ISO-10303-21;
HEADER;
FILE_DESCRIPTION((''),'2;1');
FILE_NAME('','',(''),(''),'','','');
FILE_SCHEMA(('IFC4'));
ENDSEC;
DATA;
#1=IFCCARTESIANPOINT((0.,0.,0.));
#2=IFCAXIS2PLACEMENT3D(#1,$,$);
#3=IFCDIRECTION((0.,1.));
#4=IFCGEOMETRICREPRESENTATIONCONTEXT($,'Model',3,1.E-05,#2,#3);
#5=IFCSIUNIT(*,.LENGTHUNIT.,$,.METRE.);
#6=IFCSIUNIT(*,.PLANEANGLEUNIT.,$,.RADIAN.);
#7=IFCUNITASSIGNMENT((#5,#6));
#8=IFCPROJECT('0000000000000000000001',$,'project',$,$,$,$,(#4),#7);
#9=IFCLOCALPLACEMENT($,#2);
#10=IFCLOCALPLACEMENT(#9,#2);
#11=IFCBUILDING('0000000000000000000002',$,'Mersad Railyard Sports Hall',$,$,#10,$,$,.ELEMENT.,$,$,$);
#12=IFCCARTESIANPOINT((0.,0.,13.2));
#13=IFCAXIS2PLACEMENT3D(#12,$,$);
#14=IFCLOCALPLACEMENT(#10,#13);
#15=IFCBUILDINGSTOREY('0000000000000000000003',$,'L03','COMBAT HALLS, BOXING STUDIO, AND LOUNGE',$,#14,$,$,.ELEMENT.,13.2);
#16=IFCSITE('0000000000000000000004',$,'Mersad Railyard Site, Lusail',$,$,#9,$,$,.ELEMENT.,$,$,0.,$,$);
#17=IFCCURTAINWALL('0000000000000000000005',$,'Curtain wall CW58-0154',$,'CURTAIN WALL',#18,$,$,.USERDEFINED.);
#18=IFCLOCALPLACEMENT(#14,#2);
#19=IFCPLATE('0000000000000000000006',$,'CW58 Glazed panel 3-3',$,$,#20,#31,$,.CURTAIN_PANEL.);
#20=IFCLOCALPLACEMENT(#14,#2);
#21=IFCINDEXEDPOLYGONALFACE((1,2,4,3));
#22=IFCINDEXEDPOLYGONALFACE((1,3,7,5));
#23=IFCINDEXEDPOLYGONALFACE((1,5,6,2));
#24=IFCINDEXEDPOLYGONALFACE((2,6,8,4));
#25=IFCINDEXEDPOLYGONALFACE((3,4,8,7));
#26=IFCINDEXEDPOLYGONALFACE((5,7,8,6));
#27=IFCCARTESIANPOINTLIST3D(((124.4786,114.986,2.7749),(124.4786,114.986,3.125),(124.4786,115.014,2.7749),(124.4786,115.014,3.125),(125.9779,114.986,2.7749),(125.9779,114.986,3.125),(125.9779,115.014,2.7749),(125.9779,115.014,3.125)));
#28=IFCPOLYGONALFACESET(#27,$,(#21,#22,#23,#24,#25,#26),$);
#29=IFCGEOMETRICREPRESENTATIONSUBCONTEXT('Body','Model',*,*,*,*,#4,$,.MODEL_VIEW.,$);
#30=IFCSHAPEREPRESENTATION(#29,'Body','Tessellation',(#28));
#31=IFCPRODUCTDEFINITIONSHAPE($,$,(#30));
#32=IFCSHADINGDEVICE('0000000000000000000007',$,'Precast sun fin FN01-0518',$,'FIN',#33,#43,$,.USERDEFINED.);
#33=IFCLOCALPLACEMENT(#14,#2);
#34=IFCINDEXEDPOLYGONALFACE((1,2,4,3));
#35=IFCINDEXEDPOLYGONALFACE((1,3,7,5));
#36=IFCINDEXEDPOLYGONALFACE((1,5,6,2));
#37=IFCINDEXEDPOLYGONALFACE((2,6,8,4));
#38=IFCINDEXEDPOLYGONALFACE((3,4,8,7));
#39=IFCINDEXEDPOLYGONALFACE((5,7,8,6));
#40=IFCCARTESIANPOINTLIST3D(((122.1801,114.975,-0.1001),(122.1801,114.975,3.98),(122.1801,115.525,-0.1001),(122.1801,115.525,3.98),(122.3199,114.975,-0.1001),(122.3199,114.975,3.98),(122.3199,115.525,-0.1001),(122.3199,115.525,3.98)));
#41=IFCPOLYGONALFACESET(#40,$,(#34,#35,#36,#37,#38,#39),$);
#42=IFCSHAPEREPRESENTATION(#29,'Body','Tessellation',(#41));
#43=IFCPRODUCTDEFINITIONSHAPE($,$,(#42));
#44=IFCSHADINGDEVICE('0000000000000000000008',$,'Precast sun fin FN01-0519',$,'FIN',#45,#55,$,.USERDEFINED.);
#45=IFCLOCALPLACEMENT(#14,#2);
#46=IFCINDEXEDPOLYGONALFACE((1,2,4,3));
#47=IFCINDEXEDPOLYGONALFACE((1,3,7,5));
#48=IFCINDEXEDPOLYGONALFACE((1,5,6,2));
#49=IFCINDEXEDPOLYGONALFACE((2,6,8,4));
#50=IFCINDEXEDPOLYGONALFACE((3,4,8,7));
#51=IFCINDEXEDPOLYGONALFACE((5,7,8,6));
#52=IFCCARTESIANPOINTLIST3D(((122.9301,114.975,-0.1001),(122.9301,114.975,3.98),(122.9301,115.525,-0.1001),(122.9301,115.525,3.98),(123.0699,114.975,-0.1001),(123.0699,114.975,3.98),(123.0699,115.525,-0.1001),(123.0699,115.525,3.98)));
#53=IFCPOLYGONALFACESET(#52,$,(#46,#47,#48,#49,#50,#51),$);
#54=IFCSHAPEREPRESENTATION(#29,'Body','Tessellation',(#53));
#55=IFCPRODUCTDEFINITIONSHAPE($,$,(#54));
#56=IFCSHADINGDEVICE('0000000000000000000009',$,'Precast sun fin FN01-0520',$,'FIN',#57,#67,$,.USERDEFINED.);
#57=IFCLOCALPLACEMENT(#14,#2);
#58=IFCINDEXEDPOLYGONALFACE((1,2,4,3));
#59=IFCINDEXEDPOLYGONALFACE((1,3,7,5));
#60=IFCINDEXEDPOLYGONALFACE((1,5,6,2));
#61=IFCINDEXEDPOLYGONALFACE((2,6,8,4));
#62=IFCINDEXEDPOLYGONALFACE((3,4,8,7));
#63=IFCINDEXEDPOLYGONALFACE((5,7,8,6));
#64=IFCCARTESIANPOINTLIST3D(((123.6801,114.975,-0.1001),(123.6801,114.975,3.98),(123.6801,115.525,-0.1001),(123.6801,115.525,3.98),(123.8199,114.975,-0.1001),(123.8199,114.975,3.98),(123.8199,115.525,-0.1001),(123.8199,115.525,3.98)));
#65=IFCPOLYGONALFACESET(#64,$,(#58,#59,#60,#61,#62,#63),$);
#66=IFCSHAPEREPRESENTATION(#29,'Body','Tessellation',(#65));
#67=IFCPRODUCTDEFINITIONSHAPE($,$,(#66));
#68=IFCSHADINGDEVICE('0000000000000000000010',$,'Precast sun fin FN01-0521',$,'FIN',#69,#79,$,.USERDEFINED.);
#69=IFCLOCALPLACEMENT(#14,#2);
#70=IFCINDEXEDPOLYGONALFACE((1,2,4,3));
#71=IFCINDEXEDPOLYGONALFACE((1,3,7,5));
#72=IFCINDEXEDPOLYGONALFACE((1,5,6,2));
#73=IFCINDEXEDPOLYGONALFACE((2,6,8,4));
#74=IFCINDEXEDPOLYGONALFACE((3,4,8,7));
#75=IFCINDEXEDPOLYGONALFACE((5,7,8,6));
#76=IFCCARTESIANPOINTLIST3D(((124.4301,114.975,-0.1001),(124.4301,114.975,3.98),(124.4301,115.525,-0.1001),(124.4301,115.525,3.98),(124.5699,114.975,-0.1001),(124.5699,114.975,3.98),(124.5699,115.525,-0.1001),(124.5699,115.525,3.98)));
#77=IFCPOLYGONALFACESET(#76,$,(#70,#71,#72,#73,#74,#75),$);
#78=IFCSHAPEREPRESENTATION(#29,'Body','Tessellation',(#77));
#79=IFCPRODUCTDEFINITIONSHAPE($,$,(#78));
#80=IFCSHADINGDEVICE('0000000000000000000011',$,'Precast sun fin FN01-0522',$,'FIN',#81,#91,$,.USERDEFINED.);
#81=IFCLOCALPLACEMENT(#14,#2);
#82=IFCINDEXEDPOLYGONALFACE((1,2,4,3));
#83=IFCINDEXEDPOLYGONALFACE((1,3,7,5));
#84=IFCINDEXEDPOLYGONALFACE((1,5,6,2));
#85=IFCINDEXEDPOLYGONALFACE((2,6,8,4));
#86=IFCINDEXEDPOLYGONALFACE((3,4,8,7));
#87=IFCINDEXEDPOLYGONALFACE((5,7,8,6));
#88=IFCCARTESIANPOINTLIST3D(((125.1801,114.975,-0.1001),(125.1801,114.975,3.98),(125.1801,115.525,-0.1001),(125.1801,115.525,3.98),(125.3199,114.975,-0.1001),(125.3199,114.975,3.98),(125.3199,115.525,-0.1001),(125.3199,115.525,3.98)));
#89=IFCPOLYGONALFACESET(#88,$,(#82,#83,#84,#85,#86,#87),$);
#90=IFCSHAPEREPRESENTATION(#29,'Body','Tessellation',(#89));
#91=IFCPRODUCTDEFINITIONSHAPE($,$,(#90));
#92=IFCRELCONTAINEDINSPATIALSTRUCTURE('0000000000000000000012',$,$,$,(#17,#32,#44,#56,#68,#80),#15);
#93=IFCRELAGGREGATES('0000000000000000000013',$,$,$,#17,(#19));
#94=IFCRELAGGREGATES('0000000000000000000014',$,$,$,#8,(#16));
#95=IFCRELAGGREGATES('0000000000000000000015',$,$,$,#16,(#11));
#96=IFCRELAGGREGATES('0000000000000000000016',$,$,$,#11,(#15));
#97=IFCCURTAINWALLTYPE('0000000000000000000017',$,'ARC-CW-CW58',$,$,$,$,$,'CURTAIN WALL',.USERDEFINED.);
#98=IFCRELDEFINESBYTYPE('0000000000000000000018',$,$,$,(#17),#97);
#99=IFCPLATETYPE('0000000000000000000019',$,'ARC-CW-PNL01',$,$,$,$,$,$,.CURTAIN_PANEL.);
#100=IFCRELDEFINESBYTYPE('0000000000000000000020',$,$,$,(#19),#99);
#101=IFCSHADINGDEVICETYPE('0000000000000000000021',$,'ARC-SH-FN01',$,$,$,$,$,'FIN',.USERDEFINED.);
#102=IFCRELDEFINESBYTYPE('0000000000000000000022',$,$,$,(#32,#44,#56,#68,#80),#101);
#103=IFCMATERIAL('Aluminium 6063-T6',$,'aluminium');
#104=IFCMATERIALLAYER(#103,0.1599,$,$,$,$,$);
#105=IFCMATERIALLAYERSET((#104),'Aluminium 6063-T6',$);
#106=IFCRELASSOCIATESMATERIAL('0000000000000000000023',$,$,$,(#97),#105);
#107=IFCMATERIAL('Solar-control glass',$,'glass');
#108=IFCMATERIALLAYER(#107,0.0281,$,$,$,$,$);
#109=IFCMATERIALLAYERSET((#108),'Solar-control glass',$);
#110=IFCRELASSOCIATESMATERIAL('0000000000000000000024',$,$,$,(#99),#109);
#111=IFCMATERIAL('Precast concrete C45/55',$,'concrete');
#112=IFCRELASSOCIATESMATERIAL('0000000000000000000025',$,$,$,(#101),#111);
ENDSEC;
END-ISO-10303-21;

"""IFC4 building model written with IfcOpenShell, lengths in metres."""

from ifc_helpers import new_model, si_unit, direction, frame, origin, origin_2d, place, context, subcontext, project, spatial, rectangle, extrude, material, layer, layer_set, type_object, element, aggregate, save


model = new_model("IFC4")

# Units and contexts
model_context = context("Model", 3, precision=1e-05, world=origin(), true_north=direction((0.0, 1.0)))
body_context = subcontext(model_context, "Body", "Model", "MODEL_VIEW")
ifc_project = project(units=[si_unit("LENGTHUNIT", "METRE"), si_unit("PLANEANGLEUNIT", "RADIAN")], contexts=[model_context])

# Site, building, storey
site_placement = place(None, origin())
site = spatial("IfcSite", under=ifc_project, at=site_placement, Name="Mersad Railyard Site, Lusail", CompositionType="ELEMENT", RefElevation=0.0)
building_placement = place(site_placement, origin())
building = spatial("IfcBuilding", under=site, at=building_placement, Name="Mersad Railyard Sports Hall", CompositionType="ELEMENT")
storey_placement = place(building_placement, frame((0.0, 0.0, 13.2)))
storey = spatial("IfcBuildingStorey", under=building, at=storey_placement, Name="L03", Description="COMBAT HALLS, BOXING STUDIO, AND LOUNGE", CompositionType="ELEMENT", Elevation=13.2)

# Curtain wall, plate
ifc_material_1 = material(Name="Aluminium 6063-T6", Category="aluminium")
ifc_layer_1 = layer(ifc_material_1, 0.1599)
ifc_layer_set_1 = layer_set([ifc_layer_1], Name="Aluminium 6063-T6")
curtain_wall_type = type_object("IfcCurtainWallType", Name="ARC-CW-CW58", ElementType="CURTAIN WALL", PredefinedType="USERDEFINED", material=ifc_layer_set_1)
curtain_wall_placement = place(storey_placement, origin())
curtain_wall = element("IfcCurtainWall", 1, at=curtain_wall_placement, inside=storey, type_object=curtain_wall_type, Name="Curtain wall CW58-0154", ObjectType="CURTAIN WALL", PredefinedType="USERDEFINED")
ifc_material_2 = material(Name="Solar-control glass", Category="glass")
ifc_layer_2 = layer(ifc_material_2, 0.0281)
ifc_layer_set_2 = layer_set([ifc_layer_2], Name="Solar-control glass")
plate_type = type_object("IfcPlateType", Name="ARC-CW-PNL01", PredefinedType="CURTAIN_PANEL", material=ifc_layer_set_2)
plate_1_placement = place(storey_placement, frame((125.2283, 115.0, 2.7749), z_axis=(0.0, 0.0, 1.0), x_axis=(1.0, 0.0, 0.0)))
plate_1 = element("IfcPlate", 2, at=plate_1_placement, type_object=plate_type, Name="CW58 Glazed panel 3-3", PredefinedType="CURTAIN_PANEL", context=body_context, shape_type="SweptSolid", body=[
    extrude(rectangle(XDim=1.4993, YDim=0.0281, at=origin_2d()), origin(), (0.0, 0.0, 1.0), 0.3501),
])
aggregate(curtain_wall, [plate_1])

# Shading devices
ifc_material_3 = material(Name="Precast concrete C45/55", Category="concrete")
shading_device_type = type_object("IfcShadingDeviceType", Name="ARC-SH-FN01", ElementType="FIN", PredefinedType="USERDEFINED", material=ifc_material_3)
for number, where, z_axis, x_axis, name in (
    (3, (122.25, 115.25, -0.1001), (0.0, 0.0, 1.0), (1.0, 0.0, 0.0), "Precast sun fin FN01-0518"),
    (4, (123.0, 115.25, -0.1001), (0.0, 0.0, 1.0), (1.0, 0.0, 0.0), "Precast sun fin FN01-0519"),
    (5, (123.75, 115.25, -0.1001), (0.0, 0.0, 1.0), (1.0, 0.0, 0.0), "Precast sun fin FN01-0520"),
    (6, (124.5, 115.25, -0.1001), (0.0, 0.0, 1.0), (1.0, 0.0, 0.0), "Precast sun fin FN01-0521"),
    (7, (125.25, 115.25, -0.1001), (0.0, 0.0, 1.0), (1.0, 0.0, 0.0), "Precast sun fin FN01-0522"),
):
    element("IfcShadingDevice", number, at=place(storey_placement, frame(where, z_axis=z_axis, x_axis=x_axis)), inside=storey, type_object=shading_device_type, Name=name, ObjectType="FIN", PredefinedType="USERDEFINED", context=body_context, shape_type="SweptSolid", body=[
        extrude(rectangle(XDim=0.1399, YDim=0.55, at=origin_2d()), origin(), (0.0, 0.0, 1.0), 4.0801),
    ])

save(model, "model.ifc")
